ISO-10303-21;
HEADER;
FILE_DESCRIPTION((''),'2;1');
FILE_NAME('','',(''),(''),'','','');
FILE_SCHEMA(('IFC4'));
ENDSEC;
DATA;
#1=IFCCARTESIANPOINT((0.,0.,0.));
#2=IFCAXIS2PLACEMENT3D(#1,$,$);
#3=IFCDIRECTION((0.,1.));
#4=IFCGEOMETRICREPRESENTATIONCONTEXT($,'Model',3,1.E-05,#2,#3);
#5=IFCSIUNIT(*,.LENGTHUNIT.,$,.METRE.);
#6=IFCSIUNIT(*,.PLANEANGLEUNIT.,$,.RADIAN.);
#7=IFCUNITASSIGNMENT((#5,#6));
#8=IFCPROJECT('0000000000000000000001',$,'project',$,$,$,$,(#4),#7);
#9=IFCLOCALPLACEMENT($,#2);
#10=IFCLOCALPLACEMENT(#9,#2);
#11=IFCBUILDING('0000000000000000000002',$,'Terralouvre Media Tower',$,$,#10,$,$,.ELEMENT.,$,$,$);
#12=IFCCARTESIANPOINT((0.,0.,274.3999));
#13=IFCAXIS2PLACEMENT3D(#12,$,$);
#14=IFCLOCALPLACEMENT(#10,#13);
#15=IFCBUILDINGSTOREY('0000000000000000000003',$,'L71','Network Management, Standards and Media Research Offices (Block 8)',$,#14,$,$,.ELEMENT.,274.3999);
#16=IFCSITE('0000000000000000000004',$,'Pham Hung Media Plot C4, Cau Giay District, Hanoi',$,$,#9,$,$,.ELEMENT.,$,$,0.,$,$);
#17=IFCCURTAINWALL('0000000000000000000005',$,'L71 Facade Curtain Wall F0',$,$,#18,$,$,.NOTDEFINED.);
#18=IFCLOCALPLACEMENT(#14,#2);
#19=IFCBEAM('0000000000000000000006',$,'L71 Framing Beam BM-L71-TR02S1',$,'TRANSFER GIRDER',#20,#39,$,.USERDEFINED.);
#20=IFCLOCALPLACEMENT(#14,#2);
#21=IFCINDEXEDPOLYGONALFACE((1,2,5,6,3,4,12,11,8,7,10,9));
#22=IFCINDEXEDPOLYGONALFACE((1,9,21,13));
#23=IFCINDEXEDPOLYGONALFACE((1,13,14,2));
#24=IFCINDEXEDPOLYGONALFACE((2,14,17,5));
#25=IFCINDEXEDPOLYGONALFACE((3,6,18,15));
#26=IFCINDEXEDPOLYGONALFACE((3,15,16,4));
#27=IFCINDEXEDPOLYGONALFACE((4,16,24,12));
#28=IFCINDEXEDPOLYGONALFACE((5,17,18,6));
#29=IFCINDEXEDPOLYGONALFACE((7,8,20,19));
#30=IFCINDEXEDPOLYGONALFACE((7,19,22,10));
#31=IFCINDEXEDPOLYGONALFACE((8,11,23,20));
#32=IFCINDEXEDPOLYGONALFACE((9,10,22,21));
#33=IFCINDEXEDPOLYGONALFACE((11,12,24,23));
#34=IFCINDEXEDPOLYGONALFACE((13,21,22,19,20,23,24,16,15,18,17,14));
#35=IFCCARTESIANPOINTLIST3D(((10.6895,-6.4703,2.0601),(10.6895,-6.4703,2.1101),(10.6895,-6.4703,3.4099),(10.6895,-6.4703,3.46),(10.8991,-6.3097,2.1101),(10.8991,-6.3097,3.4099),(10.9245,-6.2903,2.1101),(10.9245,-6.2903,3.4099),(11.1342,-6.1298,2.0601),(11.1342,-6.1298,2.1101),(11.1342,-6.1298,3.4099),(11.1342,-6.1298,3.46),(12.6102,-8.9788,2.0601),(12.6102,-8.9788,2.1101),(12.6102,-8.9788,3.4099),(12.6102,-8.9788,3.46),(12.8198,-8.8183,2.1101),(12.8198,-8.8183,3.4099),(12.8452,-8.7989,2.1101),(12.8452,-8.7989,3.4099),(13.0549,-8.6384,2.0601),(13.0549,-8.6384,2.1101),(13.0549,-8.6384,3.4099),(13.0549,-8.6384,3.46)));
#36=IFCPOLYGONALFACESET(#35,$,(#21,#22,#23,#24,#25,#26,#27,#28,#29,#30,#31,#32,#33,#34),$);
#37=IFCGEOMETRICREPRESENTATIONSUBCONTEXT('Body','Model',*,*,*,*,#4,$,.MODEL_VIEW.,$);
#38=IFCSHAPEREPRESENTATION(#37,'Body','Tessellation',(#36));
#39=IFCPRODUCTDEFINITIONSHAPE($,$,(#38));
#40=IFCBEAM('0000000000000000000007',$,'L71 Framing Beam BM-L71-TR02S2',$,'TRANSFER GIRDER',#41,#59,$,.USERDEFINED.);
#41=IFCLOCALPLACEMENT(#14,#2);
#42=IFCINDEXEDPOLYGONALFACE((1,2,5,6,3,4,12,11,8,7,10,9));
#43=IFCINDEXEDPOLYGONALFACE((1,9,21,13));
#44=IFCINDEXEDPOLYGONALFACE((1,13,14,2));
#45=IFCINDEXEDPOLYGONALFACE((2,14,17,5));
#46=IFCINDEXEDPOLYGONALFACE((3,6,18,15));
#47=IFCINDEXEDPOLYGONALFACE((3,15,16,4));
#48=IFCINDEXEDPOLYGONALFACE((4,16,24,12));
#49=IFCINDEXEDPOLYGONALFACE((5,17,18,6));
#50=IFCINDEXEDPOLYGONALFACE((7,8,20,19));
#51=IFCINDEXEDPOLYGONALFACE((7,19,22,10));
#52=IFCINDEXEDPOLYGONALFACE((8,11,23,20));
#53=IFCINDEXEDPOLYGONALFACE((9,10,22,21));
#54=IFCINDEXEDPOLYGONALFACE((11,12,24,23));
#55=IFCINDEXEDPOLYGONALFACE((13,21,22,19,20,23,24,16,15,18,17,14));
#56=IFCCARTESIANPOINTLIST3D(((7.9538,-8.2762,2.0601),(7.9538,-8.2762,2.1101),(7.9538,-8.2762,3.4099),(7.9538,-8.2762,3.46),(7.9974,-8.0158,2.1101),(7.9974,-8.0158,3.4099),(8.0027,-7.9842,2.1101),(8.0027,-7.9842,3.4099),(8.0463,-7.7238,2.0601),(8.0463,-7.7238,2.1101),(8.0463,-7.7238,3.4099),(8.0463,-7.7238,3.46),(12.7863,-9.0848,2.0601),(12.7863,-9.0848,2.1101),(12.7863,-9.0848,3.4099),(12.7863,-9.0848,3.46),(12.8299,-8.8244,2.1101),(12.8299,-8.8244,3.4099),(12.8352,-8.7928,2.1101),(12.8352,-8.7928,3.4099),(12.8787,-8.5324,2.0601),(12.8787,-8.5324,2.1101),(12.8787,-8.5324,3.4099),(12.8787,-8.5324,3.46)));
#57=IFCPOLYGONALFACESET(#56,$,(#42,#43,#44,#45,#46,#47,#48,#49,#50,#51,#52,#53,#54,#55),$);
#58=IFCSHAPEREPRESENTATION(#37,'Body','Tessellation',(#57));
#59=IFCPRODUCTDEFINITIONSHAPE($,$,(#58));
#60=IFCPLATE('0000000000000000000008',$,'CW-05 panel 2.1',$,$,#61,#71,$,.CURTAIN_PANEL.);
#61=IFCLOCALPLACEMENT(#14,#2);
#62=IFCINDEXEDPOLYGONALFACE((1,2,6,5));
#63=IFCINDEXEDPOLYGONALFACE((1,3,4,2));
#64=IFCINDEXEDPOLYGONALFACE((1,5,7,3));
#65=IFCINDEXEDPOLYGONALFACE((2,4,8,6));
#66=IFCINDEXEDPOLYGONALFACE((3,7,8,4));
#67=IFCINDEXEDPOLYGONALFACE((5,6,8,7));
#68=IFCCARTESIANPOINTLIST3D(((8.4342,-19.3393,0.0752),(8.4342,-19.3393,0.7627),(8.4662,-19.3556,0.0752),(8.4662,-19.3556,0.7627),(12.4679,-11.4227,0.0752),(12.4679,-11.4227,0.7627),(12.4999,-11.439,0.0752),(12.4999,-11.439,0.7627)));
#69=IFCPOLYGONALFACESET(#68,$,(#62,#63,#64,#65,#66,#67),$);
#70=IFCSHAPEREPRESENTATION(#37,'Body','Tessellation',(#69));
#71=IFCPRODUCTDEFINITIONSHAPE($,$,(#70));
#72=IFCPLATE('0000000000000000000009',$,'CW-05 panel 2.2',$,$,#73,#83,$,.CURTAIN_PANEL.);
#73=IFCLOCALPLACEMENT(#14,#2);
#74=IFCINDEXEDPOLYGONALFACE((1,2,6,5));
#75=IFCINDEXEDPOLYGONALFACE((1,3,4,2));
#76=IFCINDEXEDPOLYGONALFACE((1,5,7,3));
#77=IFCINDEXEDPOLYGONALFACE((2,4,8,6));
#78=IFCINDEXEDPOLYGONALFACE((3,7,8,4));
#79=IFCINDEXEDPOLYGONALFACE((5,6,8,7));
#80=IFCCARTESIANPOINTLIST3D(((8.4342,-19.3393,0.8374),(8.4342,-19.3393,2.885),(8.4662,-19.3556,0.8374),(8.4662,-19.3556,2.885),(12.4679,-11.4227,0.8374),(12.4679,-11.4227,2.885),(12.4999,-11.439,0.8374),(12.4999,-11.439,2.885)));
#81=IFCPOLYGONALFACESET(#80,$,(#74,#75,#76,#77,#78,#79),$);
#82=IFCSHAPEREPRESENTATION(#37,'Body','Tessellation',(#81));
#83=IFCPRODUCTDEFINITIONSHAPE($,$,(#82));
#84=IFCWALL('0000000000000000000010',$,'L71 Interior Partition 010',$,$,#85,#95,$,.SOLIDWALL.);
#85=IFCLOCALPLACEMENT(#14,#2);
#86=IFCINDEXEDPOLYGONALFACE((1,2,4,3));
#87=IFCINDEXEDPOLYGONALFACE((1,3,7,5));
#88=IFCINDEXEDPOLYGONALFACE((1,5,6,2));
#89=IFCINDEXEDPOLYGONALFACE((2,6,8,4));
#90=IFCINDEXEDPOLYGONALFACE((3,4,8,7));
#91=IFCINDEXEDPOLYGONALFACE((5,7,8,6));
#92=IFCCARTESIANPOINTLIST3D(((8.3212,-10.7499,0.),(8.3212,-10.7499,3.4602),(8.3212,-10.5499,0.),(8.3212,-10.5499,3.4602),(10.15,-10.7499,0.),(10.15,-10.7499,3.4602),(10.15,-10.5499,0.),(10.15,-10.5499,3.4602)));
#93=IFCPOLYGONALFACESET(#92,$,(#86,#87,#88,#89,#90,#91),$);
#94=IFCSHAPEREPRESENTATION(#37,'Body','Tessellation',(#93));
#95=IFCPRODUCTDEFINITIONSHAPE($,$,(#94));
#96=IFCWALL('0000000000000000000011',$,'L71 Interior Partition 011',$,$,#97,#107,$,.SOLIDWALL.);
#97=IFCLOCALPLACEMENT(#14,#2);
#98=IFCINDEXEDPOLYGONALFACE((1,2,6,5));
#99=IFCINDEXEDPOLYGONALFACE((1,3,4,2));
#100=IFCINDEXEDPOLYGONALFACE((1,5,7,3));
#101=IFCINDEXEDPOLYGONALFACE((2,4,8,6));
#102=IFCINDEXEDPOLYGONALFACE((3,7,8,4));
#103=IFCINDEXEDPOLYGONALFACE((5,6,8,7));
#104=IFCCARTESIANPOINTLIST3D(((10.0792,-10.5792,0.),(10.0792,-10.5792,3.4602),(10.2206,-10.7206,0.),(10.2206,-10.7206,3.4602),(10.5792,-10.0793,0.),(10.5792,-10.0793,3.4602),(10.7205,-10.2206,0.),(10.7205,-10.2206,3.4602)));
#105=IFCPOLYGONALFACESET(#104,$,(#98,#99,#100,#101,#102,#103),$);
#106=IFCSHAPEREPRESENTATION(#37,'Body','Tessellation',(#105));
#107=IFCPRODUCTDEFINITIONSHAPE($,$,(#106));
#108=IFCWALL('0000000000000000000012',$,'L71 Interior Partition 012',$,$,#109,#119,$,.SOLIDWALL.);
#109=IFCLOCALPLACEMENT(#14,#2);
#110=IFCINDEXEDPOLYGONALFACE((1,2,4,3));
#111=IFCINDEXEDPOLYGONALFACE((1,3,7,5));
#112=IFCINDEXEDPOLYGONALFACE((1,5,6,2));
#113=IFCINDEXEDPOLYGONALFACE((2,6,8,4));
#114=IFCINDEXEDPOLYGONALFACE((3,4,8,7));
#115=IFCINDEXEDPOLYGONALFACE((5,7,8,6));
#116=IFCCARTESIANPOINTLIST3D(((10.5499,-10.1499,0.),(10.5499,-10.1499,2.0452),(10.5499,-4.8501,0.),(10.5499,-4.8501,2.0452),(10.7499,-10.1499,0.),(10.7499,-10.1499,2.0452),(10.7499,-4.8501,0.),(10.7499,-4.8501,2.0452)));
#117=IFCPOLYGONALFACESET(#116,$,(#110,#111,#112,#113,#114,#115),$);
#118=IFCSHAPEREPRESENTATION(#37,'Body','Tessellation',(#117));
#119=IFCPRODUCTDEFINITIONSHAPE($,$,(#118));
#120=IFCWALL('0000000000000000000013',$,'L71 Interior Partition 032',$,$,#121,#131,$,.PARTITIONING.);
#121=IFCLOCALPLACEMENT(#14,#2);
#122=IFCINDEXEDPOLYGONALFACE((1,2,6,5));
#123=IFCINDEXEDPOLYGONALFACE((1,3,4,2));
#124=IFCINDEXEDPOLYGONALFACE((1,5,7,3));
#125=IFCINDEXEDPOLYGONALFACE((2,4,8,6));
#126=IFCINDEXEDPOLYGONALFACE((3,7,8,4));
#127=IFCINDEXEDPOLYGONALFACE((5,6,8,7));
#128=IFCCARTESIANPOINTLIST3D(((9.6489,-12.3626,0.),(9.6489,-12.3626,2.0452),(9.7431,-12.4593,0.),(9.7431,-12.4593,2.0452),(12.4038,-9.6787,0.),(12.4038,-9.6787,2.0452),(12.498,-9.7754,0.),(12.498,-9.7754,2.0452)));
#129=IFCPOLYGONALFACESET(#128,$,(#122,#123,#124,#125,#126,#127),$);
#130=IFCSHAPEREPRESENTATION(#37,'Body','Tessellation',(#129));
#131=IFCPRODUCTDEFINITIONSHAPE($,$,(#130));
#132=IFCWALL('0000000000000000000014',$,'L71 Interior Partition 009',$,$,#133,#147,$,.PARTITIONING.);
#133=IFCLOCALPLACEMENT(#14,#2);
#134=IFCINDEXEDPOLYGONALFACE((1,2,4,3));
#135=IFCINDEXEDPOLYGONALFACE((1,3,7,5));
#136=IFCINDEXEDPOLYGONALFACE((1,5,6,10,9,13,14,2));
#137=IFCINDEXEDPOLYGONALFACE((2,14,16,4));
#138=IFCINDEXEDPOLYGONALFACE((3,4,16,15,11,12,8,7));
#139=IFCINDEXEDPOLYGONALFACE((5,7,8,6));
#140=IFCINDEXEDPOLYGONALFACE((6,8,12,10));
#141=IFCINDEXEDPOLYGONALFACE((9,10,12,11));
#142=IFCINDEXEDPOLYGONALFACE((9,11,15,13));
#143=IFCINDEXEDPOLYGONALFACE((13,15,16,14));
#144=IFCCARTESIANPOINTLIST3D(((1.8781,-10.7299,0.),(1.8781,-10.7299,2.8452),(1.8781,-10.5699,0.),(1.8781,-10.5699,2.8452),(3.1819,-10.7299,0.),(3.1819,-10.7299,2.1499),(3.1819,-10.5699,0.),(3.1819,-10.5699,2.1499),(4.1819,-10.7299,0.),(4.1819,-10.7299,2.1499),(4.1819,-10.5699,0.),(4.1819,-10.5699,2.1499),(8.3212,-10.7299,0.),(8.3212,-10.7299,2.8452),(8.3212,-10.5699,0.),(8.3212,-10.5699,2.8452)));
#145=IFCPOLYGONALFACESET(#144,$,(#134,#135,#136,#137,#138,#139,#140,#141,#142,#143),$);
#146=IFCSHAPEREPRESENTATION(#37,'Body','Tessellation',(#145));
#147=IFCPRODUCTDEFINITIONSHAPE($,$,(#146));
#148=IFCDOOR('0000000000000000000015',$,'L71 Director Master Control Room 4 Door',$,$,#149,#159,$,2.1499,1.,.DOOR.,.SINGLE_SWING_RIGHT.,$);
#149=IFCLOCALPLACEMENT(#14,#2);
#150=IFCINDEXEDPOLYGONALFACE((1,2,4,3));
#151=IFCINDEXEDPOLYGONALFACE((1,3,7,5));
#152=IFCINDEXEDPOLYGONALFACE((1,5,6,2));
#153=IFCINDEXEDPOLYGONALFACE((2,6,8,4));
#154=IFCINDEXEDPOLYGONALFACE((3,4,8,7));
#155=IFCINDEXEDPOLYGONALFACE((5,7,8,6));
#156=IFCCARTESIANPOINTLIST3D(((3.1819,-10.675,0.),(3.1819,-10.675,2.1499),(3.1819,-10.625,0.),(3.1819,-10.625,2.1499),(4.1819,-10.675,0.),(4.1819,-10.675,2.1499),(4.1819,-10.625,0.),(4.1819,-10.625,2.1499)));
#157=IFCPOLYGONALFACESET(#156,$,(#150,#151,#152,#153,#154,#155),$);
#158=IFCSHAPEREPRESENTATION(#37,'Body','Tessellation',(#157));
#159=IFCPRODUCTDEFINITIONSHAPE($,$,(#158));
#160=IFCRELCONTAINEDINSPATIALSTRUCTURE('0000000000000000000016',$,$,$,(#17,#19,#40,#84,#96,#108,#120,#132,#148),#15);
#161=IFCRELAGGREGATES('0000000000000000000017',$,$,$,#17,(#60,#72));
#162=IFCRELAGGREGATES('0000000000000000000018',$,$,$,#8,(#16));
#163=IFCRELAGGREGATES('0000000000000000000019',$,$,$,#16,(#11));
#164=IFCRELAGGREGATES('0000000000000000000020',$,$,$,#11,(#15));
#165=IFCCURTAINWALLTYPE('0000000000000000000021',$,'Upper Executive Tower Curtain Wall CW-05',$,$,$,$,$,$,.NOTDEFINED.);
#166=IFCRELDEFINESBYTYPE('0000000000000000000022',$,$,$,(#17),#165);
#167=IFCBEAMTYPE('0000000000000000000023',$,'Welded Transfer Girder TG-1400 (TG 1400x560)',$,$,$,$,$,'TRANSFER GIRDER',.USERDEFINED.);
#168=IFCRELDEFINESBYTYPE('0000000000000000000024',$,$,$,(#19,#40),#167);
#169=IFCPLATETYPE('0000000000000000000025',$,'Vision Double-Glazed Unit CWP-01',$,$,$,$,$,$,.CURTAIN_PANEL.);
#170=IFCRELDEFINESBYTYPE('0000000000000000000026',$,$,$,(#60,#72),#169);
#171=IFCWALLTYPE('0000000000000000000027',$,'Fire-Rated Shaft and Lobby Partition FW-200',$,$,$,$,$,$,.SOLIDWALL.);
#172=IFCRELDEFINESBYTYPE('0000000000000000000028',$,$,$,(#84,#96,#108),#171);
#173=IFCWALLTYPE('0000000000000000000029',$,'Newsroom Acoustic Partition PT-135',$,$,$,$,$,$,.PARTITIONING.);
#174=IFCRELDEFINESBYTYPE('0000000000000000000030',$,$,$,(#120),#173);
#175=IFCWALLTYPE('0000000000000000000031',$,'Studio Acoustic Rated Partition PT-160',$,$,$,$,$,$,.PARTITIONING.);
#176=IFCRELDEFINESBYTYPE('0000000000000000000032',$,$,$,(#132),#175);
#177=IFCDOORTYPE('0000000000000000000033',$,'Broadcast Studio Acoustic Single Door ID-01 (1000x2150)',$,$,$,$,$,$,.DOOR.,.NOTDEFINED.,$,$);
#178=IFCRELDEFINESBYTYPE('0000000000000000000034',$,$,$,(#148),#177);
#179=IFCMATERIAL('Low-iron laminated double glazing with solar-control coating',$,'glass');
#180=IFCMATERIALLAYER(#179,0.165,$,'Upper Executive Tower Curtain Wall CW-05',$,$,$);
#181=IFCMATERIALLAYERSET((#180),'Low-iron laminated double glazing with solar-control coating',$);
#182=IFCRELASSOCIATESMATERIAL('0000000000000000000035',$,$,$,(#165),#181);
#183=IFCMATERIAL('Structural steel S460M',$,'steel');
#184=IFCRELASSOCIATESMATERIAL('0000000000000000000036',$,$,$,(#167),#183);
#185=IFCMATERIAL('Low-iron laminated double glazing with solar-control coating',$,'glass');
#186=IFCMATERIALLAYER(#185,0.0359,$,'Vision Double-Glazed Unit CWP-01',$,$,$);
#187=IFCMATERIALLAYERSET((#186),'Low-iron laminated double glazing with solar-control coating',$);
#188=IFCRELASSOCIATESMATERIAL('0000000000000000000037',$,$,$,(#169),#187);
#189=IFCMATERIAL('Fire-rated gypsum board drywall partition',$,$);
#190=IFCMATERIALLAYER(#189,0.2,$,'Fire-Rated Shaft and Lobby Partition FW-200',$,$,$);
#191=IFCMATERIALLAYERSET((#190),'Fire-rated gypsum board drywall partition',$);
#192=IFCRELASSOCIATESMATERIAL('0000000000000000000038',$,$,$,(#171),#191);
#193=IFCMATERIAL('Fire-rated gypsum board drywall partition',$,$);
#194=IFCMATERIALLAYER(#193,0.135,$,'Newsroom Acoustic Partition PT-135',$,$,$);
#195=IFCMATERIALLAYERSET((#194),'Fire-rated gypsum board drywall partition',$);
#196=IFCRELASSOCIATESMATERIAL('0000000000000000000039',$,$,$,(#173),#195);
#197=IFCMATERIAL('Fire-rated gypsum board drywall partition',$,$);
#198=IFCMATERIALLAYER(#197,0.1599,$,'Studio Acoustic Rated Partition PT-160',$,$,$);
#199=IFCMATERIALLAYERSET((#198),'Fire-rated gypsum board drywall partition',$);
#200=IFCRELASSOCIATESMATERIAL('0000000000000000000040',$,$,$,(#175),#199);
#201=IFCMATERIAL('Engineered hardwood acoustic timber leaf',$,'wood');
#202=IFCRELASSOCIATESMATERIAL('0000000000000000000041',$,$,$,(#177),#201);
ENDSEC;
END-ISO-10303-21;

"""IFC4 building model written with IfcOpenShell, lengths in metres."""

from ifc_helpers import new_model, si_unit, direction, frame, frame_2d, origin, origin_2d, place, context, subcontext, project, spatial, rectangle, i_section, extrude, material, layer, layer_set, material_profile, profile_set, type_object, element, fill, aggregate, save


model = new_model("IFC4")

# Units and contexts
model_context = context("Model", 3, precision=1e-05, world=origin(), true_north=direction((0.0, 1.0)))
body_context = subcontext(model_context, "Body", "Model", "MODEL_VIEW")
ifc_project = project(units=[si_unit("LENGTHUNIT", "METRE"), si_unit("PLANEANGLEUNIT", "RADIAN")], contexts=[model_context])

# Site, building, storey
site_placement = place(None, origin())
site = spatial("IfcSite", under=ifc_project, at=site_placement, Name="Pham Hung Media Plot C4, Cau Giay District, Hanoi", CompositionType="ELEMENT", RefElevation=0.0)
building_placement = place(site_placement, origin())
building = spatial("IfcBuilding", under=site, at=building_placement, Name="Terralouvre Media Tower", CompositionType="ELEMENT")
storey_placement = place(building_placement, frame((0.0, 0.0, 274.3999)))
storey = spatial("IfcBuildingStorey", under=building, at=storey_placement, Name="L71", Description="Network Management, Standards and Media Research Offices (Block 8)", CompositionType="ELEMENT", Elevation=274.3999)

# Curtain wall
ifc_material_1 = material(Name="Low-iron laminated double glazing with solar-control coating", Category="glass")
ifc_layer_1 = layer(ifc_material_1, 0.165, Name="Upper Executive Tower Curtain Wall CW-05")
ifc_layer_set_1 = layer_set([ifc_layer_1], Name="Low-iron laminated double glazing with solar-control coating")
curtain_wall_type = type_object("IfcCurtainWallType", Name="Upper Executive Tower Curtain Wall CW-05", PredefinedType="NOTDEFINED", material=ifc_layer_set_1)
curtain_wall_placement = place(storey_placement, origin())
curtain_wall = element("IfcCurtainWall", 1, at=curtain_wall_placement, inside=storey, type_object=curtain_wall_type, Name="L71 Facade Curtain Wall F0", PredefinedType="NOTDEFINED")

# Beams
ifc_material_2 = material(Name="Structural steel S460M", Category="steel")
ifc_material_profile_1 = material_profile(ifc_material_2, i_section(OverallWidth=0.5601, OverallDepth=1.3999, WebThickness=0.032, FlangeThickness=0.05, at=origin_2d()), Name="TG 1400x560")
ifc_profile_set_1 = profile_set([ifc_material_profile_1], Name="Structural steel S460M")
beam_type_1 = type_object("IfcBeamType", Name="Welded Transfer Girder TG-1400 (TG 1400x560)", ElementType="TRANSFER GIRDER", PredefinedType="USERDEFINED", material=ifc_profile_set_1)
beam_1_placement = place(storey_placement, frame((12.8325, -8.8086, 2.76), z_axis=(-0.60792, 0.793998, 0.0), x_axis=(-0.793998, -0.60792, 0.0)))
element("IfcBeam", 2, at=beam_1_placement, inside=storey, type_object=beam_type_1, Name="L71 Framing Beam BM-L71-TR02S1", ObjectType="TRANSFER GIRDER", PredefinedType="USERDEFINED", context=body_context, shape_type="SweptSolid", body=[
    extrude(i_section(OverallWidth=0.5601, OverallDepth=1.3999, WebThickness=0.032, FlangeThickness=0.05, at=origin_2d()), origin(), (0.0, 0.0, 1.0), 3.1594),
])
beam_2_placement = place(storey_placement, frame((12.8325, -8.8086, 2.76), z_axis=(-0.986289, 0.165029, 0.0), x_axis=(-0.165029, -0.986289, 0.0)))
element("IfcBeam", 3, at=beam_2_placement, inside=storey, type_object=beam_type_1, Name="L71 Framing Beam BM-L71-TR02S2", ObjectType="TRANSFER GIRDER", PredefinedType="USERDEFINED", context=body_context, shape_type="SweptSolid", body=[
    extrude(i_section(OverallWidth=0.5601, OverallDepth=1.3999, WebThickness=0.032, FlangeThickness=0.05, at=origin_2d()), origin(), (0.0, 0.0, 1.0), 4.8997),
])

# Plates
ifc_material_3 = material(Name="Low-iron laminated double glazing with solar-control coating", Category="glass")
ifc_layer_2 = layer(ifc_material_3, 0.0359, Name="Vision Double-Glazed Unit CWP-01")
ifc_layer_set_2 = layer_set([ifc_layer_2], Name="Low-iron laminated double glazing with solar-control coating")
plate_type = type_object("IfcPlateType", Name="Vision Double-Glazed Unit CWP-01", PredefinedType="CURTAIN_PANEL", material=ifc_layer_set_2)
plate_1_placement = place(storey_placement, frame((10.467, -15.3892, 0.0752), z_axis=(0.0, 0.0, 1.0), x_axis=(0.45399, 0.891007, 0.0)))
plate_1 = element("IfcPlate", 4, at=plate_1_placement, type_object=plate_type, Name="CW-05 panel 2.1", PredefinedType="CURTAIN_PANEL", context=body_context, shape_type="SweptSolid", body=[
    extrude(rectangle(XDim=8.885, YDim=0.0359, at=origin_2d()), origin(), (0.0, 0.0, 1.0), 0.6875),
])
plate_2_placement = place(storey_placement, frame((10.467, -15.3892, 0.8374), z_axis=(0.0, 0.0, 1.0), x_axis=(0.45399, 0.891007, 0.0)))
plate_2 = element("IfcPlate", 5, at=plate_2_placement, type_object=plate_type, Name="CW-05 panel 2.2", PredefinedType="CURTAIN_PANEL", context=body_context, shape_type="SweptSolid", body=[
    extrude(rectangle(XDim=8.885, YDim=0.0359, at=origin_2d()), origin(), (0.0, 0.0, 1.0), 2.0476),
])
aggregate(curtain_wall, [plate_1, plate_2])

# Walls
ifc_material_4 = material(Name="Fire-rated gypsum board drywall partition")
ifc_layer_3 = layer(ifc_material_4, 0.2, Name="Fire-Rated Shaft and Lobby Partition FW-200")
ifc_layer_set_3 = layer_set([ifc_layer_3], Name="Fire-rated gypsum board drywall partition")
wall_type_1 = type_object("IfcWallType", Name="Fire-Rated Shaft and Lobby Partition FW-200", PredefinedType="SOLIDWALL", material=ifc_layer_set_3)
wall_1_placement = place(storey_placement, frame((8.321, -10.6499, 0.0), z_axis=(0.0, 0.0, 1.0), x_axis=(1.0, 0.0, 0.0)))
element("IfcWall", 6, at=wall_1_placement, inside=storey, type_object=wall_type_1, Name="L71 Interior Partition 010", PredefinedType="SOLIDWALL", context=body_context, shape_type="SweptSolid", body=[
    extrude(rectangle(XDim=1.8289, YDim=0.2, at=frame_2d((0.9146, 0.0))), origin(), (0.0, 0.0, 1.0), 3.4602),
])
wall_2_placement = place(storey_placement, frame((10.1499, -10.6499, 0.0), z_axis=(0.0, 0.0, 1.0), x_axis=(0.707107, 0.707107, 0.0)))
element("IfcWall", 7, at=wall_2_placement, inside=storey, type_object=wall_type_1, Name="L71 Interior Partition 011", PredefinedType="SOLIDWALL", context=body_context, shape_type="SweptSolid", body=[
    extrude(rectangle(XDim=0.707, YDim=0.2, at=frame_2d((0.3535, 0.0))), origin(), (0.0, 0.0, 1.0), 3.4602),
])
wall_3_placement = place(storey_placement, frame((10.6499, -10.1499, 0.0), z_axis=(0.0, 0.0, 1.0), x_axis=(0.0, 1.0, 0.0)))
element("IfcWall", 8, at=wall_3_placement, inside=storey, type_object=wall_type_1, Name="L71 Interior Partition 012", PredefinedType="SOLIDWALL", context=body_context, shape_type="SweptSolid", body=[
    extrude(rectangle(XDim=5.2998, YDim=0.2, at=frame_2d((2.6499, 0.0))), origin(), (0.0, 0.0, 1.0), 2.0452),
])
ifc_material_5 = material(Name="Fire-rated gypsum board drywall partition")
ifc_layer_4 = layer(ifc_material_5, 0.135, Name="Newsroom Acoustic Partition PT-135")
ifc_layer_set_4 = layer_set([ifc_layer_4], Name="Fire-rated gypsum board drywall partition")
wall_type_2 = type_object("IfcWallType", Name="Newsroom Acoustic Partition PT-135", PredefinedType="PARTITIONING", material=ifc_layer_set_4)
wall_4_placement = place(storey_placement, frame((12.4509, -9.7271, 0.0), z_axis=(0.0, 0.0, 1.0), x_axis=(-0.716282, -0.69781, 0.0)))
element("IfcWall", 9, at=wall_4_placement, inside=storey, type_object=wall_type_2, Name="L71 Interior Partition 032", PredefinedType="PARTITIONING", context=body_context, shape_type="SweptSolid", body=[
    extrude(rectangle(XDim=3.8462, YDim=0.135, at=frame_2d((1.9231, 0.0))), origin(), (0.0, 0.0, 1.0), 2.0452),
])

# Wall, opening, door
ifc_material_6 = material(Name="Fire-rated gypsum board drywall partition")
ifc_layer_5 = layer(ifc_material_6, 0.1599, Name="Studio Acoustic Rated Partition PT-160")
ifc_layer_set_5 = layer_set([ifc_layer_5], Name="Fire-rated gypsum board drywall partition")
wall_type_3 = type_object("IfcWallType", Name="Studio Acoustic Rated Partition PT-160", PredefinedType="PARTITIONING", material=ifc_layer_set_5)
wall_5_placement = place(storey_placement, frame((1.8779, -10.6499, 0.0), z_axis=(0.0, 0.0, 1.0), x_axis=(1.0, 0.0, 0.0)))
wall_5 = element("IfcWall", 10, at=wall_5_placement, inside=storey, type_object=wall_type_3, Name="L71 Interior Partition 009", PredefinedType="PARTITIONING", context=body_context, shape_type="SweptSolid", body=[
    extrude(rectangle(XDim=6.4431, YDim=0.1599, at=frame_2d((3.2217, 0.0))), origin(), (0.0, 0.0, 1.0), 2.8452),
])
opening_1_placement = place(wall_5_placement, frame((1.304, 0.0, 0.0)))
opening_1 = element("IfcOpeningElement", 11, at=opening_1_placement, cuts=wall_5, PredefinedType="OPENING", context=body_context, shape_type="SweptSolid", body=[
    extrude(rectangle(XDim=1.0, YDim=2.1499, at=frame_2d((0.5, 1.075))), frame((0.0, 0.0898, 0.0), z_axis=(0.0, -1.0, 0.0), x_axis=(1.0, 0.0, 0.0)), (0.0, 0.0, 1.0), 0.1799),
])
ifc_material_7 = material(Name="Engineered hardwood acoustic timber leaf", Category="wood")
door_type_1 = type_object("IfcDoorType", Name="Broadcast Studio Acoustic Single Door ID-01 (1000x2150)", OperationType="NOTDEFINED", PredefinedType="DOOR", material=ifc_material_7)
door_1_placement = place(opening_1_placement, origin())
door_1 = element("IfcDoor", 12, at=door_1_placement, inside=storey, type_object=door_type_1, Name="L71 Director Master Control Room 4 Door", OperationType="SINGLE_SWING_RIGHT", OverallHeight=2.1499, OverallWidth=1.0, PredefinedType="DOOR", context=body_context, shape_type="SweptSolid", body=[
    extrude(rectangle(XDim=1.0, YDim=2.1499, at=frame_2d((0.5, 1.075))), frame((0.0, 0.0249, 0.0), z_axis=(0.0, -1.0, 0.0), x_axis=(1.0, 0.0, 0.0)), (0.0, 0.0, 1.0), 0.05),
])
fill(opening_1, door_1)

save(model, "model.ifc")
